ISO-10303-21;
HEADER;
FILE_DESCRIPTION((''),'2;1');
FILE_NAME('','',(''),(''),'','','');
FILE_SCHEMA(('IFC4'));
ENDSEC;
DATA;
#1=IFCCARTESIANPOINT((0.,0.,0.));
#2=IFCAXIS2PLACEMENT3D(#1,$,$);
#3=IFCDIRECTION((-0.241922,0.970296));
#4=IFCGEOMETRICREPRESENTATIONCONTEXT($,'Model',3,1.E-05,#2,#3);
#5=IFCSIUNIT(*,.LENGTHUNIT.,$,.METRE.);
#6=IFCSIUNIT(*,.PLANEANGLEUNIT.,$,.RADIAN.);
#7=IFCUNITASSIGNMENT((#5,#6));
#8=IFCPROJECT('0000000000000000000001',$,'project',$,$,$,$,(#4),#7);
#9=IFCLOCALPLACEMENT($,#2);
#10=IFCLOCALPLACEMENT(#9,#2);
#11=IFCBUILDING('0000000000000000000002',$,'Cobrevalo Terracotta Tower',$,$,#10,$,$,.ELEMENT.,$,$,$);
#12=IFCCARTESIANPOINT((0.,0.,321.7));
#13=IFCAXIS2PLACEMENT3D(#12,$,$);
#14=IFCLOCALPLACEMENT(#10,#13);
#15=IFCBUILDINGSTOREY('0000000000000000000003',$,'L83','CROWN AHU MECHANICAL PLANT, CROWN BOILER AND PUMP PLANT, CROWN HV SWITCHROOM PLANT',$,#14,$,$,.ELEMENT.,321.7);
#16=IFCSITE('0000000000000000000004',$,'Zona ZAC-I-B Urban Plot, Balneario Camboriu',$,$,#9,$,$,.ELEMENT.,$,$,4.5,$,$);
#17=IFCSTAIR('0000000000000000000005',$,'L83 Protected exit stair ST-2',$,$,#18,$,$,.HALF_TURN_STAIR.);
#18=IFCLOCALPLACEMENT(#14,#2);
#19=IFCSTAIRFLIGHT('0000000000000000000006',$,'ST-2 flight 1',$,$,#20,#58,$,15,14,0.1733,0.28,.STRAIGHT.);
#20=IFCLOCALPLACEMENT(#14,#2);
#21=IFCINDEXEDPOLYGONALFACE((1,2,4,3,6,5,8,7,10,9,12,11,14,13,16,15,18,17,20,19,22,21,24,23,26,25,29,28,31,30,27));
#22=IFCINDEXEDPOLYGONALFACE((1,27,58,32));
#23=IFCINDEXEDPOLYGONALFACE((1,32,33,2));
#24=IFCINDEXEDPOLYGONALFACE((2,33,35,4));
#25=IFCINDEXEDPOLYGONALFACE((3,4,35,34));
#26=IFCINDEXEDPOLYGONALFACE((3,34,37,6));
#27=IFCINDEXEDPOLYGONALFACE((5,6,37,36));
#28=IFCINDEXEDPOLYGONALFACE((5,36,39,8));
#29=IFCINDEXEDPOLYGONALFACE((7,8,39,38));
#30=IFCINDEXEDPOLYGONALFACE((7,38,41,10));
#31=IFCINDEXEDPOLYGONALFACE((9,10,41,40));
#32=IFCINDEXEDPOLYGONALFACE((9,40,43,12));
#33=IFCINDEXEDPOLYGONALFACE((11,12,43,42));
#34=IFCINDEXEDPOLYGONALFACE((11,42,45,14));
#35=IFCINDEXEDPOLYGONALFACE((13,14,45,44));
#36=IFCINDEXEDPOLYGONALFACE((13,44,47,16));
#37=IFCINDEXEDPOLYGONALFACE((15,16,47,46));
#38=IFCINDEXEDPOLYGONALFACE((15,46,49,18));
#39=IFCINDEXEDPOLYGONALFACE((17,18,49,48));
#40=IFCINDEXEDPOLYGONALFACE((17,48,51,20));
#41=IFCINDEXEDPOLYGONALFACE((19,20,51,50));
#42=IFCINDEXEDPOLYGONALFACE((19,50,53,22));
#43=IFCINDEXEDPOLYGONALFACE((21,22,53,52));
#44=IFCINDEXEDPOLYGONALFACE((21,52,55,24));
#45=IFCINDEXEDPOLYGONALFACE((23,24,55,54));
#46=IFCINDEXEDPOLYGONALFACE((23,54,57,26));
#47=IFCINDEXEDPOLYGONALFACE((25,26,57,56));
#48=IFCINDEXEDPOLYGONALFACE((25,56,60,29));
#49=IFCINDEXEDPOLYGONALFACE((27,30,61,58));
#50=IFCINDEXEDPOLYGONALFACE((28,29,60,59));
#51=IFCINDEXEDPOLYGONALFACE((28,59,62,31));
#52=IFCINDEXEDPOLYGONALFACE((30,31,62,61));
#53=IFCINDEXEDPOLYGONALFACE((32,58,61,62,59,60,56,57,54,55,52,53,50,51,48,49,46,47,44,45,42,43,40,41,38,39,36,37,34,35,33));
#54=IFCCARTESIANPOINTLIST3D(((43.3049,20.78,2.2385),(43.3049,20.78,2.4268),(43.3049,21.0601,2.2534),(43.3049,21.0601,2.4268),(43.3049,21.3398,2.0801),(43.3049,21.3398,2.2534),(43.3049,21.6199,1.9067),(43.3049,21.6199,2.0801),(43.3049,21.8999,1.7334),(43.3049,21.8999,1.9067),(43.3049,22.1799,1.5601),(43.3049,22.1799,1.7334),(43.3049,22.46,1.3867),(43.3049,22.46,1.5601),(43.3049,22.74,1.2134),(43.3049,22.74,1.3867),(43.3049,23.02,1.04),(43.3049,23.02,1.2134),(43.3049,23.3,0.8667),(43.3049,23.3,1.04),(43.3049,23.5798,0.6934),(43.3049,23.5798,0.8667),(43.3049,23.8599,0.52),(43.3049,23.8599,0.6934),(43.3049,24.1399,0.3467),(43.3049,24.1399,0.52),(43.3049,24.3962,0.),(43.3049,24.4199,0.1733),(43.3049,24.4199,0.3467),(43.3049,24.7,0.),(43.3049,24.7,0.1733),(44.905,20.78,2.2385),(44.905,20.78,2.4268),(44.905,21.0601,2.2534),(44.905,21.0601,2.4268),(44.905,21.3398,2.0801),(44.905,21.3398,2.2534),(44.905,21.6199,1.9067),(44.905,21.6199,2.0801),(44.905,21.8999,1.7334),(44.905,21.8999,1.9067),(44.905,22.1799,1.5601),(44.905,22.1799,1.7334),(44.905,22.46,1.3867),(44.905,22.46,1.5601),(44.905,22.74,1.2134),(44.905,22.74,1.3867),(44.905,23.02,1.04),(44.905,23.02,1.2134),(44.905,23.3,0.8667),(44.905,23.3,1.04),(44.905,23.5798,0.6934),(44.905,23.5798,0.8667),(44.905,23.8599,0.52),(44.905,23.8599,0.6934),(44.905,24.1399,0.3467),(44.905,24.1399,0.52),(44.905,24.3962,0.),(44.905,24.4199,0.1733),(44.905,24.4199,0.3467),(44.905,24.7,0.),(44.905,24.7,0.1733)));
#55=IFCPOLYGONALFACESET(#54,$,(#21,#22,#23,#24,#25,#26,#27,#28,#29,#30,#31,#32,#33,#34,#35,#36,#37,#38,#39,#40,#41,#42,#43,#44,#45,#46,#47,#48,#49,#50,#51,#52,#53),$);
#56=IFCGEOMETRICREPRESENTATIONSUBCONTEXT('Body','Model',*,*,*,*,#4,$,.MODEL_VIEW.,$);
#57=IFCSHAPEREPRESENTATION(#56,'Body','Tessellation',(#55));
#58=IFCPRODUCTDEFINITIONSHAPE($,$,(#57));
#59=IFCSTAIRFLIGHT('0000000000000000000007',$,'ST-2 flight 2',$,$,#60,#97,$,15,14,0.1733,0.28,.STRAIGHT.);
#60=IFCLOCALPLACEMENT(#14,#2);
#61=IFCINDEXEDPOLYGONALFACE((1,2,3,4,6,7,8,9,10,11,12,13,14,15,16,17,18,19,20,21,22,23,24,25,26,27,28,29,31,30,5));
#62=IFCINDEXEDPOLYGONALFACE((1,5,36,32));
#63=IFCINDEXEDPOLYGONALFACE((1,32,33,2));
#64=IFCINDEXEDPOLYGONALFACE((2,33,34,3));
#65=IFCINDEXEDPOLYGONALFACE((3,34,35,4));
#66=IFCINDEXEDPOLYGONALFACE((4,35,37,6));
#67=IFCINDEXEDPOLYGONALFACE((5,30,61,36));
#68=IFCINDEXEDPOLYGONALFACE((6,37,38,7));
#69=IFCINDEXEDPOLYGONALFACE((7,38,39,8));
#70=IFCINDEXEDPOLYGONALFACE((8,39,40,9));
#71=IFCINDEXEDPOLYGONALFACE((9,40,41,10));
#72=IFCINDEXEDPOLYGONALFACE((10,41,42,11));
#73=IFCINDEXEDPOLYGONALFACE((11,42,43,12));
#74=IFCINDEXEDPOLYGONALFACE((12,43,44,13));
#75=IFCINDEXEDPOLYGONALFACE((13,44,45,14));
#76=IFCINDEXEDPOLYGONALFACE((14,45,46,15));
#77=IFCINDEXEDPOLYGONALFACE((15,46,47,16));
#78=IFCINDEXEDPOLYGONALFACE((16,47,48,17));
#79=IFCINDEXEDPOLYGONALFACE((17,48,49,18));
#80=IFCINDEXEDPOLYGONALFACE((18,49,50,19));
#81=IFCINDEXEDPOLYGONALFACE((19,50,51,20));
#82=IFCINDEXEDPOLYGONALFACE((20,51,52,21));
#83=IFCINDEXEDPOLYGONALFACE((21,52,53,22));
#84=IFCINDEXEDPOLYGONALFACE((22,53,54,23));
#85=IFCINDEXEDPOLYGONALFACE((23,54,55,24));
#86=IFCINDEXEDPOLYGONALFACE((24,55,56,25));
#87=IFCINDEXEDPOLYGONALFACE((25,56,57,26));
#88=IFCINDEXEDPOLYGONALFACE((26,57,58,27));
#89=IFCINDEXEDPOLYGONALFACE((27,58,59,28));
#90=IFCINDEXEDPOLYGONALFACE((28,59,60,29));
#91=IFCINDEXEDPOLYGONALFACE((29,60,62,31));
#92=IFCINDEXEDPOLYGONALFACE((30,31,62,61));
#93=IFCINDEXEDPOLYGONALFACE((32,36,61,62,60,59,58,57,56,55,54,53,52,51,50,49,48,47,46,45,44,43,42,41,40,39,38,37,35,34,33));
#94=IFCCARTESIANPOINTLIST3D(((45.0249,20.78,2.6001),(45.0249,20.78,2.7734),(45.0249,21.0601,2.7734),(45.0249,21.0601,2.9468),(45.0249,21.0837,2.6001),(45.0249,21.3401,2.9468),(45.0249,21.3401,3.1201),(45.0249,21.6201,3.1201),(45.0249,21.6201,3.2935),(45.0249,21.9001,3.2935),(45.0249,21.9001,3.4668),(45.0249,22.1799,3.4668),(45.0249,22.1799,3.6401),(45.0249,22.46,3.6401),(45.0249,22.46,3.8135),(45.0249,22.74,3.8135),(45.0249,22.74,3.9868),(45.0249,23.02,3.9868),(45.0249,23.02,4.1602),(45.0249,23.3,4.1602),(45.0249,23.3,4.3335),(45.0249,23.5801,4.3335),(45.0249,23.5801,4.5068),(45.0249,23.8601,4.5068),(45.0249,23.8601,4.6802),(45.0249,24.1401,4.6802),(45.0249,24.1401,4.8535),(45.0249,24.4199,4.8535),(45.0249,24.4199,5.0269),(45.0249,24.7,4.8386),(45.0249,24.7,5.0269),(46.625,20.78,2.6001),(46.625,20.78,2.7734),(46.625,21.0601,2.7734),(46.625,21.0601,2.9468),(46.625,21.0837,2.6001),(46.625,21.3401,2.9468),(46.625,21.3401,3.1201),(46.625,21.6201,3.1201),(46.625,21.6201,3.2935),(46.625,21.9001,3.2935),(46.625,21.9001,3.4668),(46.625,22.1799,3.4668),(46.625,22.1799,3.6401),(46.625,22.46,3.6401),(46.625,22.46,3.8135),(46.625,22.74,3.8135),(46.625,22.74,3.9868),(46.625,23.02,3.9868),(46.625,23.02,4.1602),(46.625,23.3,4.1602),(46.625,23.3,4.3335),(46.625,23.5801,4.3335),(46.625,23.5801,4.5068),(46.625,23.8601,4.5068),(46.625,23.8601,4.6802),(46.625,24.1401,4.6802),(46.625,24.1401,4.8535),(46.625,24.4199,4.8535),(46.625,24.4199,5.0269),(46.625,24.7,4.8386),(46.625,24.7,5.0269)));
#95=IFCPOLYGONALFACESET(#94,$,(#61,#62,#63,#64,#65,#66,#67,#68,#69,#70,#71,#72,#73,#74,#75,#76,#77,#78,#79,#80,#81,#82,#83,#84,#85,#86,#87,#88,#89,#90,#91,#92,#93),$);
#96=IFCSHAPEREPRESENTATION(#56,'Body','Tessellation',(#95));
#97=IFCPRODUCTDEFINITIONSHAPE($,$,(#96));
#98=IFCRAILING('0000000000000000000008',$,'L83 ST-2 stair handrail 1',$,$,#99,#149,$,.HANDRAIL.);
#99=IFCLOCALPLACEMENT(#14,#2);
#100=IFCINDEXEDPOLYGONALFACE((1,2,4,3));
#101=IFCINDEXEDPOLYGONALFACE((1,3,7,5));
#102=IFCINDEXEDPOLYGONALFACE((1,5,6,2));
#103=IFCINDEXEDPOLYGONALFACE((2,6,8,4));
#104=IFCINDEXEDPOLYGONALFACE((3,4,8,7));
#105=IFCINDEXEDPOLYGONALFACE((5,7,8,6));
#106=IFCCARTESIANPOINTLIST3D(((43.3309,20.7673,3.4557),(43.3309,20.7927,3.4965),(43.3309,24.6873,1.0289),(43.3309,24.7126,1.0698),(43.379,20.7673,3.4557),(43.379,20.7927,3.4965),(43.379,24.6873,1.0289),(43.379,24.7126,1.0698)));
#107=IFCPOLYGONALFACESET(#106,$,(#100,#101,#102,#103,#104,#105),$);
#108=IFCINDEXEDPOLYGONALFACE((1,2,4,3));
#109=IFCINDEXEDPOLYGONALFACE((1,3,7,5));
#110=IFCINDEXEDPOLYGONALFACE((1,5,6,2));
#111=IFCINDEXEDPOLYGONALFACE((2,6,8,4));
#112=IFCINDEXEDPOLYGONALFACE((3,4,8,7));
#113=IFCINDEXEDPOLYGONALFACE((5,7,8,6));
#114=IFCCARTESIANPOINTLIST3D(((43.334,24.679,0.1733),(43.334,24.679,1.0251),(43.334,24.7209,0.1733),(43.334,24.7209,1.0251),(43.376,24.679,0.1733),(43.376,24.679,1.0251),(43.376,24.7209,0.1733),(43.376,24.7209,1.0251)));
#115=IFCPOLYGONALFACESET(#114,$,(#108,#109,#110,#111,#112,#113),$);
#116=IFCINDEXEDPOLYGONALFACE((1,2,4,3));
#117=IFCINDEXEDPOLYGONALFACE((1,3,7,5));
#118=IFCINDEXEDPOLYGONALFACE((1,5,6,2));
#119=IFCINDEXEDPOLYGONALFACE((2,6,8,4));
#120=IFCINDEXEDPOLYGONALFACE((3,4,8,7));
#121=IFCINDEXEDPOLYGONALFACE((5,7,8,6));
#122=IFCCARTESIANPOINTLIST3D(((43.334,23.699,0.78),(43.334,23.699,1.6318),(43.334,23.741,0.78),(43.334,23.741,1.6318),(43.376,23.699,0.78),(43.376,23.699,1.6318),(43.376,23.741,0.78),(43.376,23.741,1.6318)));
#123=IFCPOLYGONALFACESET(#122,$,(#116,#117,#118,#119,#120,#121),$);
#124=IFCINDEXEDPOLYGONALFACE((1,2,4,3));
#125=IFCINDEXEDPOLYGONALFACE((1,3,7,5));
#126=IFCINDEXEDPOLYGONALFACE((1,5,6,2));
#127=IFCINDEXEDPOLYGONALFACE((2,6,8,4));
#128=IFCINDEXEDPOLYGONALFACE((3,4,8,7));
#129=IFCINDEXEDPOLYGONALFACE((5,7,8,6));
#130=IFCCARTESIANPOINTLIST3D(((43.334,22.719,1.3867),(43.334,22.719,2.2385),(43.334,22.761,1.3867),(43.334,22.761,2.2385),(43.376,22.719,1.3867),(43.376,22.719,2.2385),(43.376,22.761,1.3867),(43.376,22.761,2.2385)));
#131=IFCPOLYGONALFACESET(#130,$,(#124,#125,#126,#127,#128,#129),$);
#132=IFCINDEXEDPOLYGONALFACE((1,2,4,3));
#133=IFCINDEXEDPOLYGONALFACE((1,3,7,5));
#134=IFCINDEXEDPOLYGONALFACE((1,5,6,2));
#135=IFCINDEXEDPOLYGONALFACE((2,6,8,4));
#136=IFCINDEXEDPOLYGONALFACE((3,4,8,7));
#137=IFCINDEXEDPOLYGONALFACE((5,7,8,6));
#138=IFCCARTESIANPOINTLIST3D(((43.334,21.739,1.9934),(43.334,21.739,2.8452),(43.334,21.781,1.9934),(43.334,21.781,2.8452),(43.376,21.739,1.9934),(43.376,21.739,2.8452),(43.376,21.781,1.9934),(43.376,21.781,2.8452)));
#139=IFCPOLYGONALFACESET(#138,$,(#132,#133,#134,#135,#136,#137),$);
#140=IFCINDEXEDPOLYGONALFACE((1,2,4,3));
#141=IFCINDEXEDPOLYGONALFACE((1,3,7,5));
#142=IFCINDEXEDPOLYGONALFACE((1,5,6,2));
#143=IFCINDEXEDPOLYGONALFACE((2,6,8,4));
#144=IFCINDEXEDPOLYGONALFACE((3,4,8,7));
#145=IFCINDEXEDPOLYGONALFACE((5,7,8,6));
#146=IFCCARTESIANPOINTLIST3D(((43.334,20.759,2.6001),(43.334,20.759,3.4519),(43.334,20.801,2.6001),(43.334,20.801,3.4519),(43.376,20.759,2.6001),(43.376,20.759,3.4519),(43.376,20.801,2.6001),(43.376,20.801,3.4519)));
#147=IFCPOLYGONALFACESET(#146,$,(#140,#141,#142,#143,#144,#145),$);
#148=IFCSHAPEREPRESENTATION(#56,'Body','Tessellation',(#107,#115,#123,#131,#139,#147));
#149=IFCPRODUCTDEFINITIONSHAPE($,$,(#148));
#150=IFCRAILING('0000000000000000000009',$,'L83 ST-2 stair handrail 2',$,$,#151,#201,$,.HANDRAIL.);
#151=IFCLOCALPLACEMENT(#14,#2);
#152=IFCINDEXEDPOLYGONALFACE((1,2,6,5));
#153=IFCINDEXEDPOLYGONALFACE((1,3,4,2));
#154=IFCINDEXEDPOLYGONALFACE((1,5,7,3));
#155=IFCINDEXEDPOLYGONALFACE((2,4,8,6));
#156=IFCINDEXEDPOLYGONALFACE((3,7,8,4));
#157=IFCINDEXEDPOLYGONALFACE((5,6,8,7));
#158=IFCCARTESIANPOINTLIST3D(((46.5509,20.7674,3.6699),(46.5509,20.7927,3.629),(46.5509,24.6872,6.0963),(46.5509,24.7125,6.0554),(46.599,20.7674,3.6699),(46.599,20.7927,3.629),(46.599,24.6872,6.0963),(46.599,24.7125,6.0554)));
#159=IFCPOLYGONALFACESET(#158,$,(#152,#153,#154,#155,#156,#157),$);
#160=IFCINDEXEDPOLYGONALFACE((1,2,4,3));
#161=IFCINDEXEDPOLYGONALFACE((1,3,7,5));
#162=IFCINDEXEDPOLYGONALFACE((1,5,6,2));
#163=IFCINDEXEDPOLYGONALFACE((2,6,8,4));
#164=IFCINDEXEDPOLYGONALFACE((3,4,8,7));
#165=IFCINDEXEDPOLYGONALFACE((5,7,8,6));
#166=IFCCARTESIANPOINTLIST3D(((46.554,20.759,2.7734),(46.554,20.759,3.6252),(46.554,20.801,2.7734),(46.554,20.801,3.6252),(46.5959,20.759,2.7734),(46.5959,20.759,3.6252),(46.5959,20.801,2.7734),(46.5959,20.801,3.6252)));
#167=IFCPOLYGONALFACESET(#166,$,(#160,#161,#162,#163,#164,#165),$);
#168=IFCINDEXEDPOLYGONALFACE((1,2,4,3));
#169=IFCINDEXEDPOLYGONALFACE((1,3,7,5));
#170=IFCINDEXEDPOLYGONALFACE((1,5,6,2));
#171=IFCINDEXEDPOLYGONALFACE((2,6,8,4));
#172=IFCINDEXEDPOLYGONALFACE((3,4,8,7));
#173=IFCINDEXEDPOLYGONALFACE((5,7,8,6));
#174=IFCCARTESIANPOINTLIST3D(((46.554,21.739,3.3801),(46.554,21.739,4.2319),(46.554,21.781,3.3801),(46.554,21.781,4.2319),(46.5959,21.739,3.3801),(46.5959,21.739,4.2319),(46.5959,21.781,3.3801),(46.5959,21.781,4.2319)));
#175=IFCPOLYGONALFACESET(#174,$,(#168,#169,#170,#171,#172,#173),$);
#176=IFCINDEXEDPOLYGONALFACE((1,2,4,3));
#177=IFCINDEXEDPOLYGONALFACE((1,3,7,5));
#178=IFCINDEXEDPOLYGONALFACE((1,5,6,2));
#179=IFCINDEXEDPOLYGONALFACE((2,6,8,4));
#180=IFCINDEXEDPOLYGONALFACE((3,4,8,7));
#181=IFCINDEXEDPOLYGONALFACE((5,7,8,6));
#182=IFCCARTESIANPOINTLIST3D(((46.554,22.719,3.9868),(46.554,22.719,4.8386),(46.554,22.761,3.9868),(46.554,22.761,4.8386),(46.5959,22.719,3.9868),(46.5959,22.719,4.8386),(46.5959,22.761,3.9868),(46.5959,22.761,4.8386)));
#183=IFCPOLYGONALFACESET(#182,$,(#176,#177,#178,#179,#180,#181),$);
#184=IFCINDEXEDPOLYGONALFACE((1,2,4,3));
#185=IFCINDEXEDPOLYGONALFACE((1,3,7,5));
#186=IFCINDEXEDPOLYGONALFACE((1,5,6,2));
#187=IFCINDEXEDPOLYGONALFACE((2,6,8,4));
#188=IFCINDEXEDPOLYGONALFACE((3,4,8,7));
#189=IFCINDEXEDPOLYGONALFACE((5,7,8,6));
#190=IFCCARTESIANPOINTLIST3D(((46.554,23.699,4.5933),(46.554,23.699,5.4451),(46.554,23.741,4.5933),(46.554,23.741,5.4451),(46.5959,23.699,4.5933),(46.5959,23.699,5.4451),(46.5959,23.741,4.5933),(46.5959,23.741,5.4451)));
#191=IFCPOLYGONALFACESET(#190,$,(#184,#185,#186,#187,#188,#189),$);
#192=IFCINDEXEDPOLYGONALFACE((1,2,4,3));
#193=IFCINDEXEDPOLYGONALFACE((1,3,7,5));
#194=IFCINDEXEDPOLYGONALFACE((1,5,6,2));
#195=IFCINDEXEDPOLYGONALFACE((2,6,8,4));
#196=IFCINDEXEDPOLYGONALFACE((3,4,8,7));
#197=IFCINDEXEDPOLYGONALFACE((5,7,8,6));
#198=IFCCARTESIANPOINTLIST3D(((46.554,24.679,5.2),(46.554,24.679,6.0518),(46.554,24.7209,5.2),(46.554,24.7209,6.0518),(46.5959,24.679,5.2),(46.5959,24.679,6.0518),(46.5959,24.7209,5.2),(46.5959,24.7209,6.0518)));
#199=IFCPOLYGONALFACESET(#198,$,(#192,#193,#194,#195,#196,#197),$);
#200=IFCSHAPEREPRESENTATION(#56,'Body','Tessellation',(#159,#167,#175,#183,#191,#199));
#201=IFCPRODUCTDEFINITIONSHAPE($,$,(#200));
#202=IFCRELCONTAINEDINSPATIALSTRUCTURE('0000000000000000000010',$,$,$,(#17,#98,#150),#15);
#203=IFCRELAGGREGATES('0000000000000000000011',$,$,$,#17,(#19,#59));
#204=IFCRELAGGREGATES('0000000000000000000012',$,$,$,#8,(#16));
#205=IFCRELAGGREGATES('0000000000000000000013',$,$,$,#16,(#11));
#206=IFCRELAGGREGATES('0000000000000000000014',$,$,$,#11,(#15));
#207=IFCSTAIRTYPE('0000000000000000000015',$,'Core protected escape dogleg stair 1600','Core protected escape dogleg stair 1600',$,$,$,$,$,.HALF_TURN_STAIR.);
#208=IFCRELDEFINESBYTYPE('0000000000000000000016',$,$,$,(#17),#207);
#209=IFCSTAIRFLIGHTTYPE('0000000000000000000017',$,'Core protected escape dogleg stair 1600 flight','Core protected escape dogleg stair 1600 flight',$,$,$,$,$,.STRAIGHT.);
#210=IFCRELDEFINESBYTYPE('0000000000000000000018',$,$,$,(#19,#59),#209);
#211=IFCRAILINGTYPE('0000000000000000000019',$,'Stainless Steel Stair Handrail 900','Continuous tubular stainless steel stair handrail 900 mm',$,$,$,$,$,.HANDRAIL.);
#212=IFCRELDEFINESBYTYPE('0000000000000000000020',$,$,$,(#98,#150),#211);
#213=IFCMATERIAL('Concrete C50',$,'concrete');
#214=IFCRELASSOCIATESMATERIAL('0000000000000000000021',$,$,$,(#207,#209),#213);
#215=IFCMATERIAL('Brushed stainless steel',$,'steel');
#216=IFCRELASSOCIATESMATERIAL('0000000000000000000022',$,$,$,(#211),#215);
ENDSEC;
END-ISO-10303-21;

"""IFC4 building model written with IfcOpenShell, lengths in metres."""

from ifc_helpers import new_model, si_unit, direction, frame, origin, origin_2d, place, context, subcontext, project, spatial, polyline, rectangle, outline, extrude, material, type_object, element, aggregate, save


model = new_model("IFC4")

# Units and contexts
model_context = context("Model", 3, precision=1e-05, world=origin(), true_north=direction((-0.241922, 0.970296)))
body_context = subcontext(model_context, "Body", "Model", "MODEL_VIEW")
ifc_project = project(units=[si_unit("LENGTHUNIT", "METRE"), si_unit("PLANEANGLEUNIT", "RADIAN")], contexts=[model_context])

# Site, building, storey
site_placement = place(None, origin())
site = spatial("IfcSite", under=ifc_project, at=site_placement, Name="Zona ZAC-I-B Urban Plot, Balneario Camboriu", CompositionType="ELEMENT", RefElevation=4.5)
building_placement = place(site_placement, origin())
building = spatial("IfcBuilding", under=site, at=building_placement, Name="Cobrevalo Terracotta Tower", CompositionType="ELEMENT")
storey_placement = place(building_placement, frame((0.0, 0.0, 321.7)))
storey = spatial("IfcBuildingStorey", under=building, at=storey_placement, Name="L83", Description="CROWN AHU MECHANICAL PLANT, CROWN BOILER AND PUMP PLANT, CROWN HV SWITCHROOM PLANT", CompositionType="ELEMENT", Elevation=321.7)

# Shared definitions
ifc_material_1 = material(Name="Concrete C50", Category="concrete")

# Stair, stair flights
stair_type = type_object("IfcStairType", Name="Core protected escape dogleg stair 1600", Description="Core protected escape dogleg stair 1600", PredefinedType="HALF_TURN_STAIR", material=ifc_material_1)
stair_placement = place(storey_placement, origin())
stair = element("IfcStair", 1, at=stair_placement, inside=storey, type_object=stair_type, Name="L83 Protected exit stair ST-2", PredefinedType="HALF_TURN_STAIR")
stair_flight_type = type_object("IfcStairFlightType", Name="Core protected escape dogleg stair 1600 flight", Description="Core protected escape dogleg stair 1600 flight", PredefinedType="STRAIGHT", material=ifc_material_1)
stair_flight_1_placement = place(storey_placement, frame((44.105, 24.7, 0.0), z_axis=(0.0, 0.0, 1.0), x_axis=(0.0, -1.0, 0.0)))
stair_flight_1 = element("IfcStairFlight", 2, at=stair_flight_1_placement, type_object=stair_flight_type, Name="ST-2 flight 1", NumberOfRisers=15, NumberOfTreads=14, PredefinedType="STRAIGHT", RiserHeight=0.1733, TreadLength=0.28, context=body_context, shape_type="SweptSolid", body=[
    extrude(outline(polyline([(0.0, 0.0), (0.0, 0.1733), (0.28, 0.1733), (0.28, 0.3467), (0.5601, 0.3467), (0.5601, 0.52), (0.8401, 0.52), (0.8401, 0.6934), (1.1201, 0.6934), (1.1201, 0.8667), (1.3999, 0.8667), (1.3999, 1.04), (1.6799, 1.04), (1.6799, 1.2134), (1.96, 1.2134), (1.96, 1.3867), (2.24, 1.3867), (2.24, 1.5601), (2.52, 1.5601), (2.52, 1.7334), (2.8, 1.7334), (2.8, 1.9067), (3.0801, 1.9067), (3.0801, 2.0801), (3.3601, 2.0801), (3.3601, 2.2534), (3.6399, 2.2534), (3.6399, 2.4268), (3.9199, 2.4268), (3.9199, 2.6001), (3.9199, 2.2385), (0.3037, 0.0), (0.0, 0.0)])), frame((0.0, 0.8, 0.0), z_axis=(0.0, -1.0, 0.0), x_axis=(1.0, 0.0, 0.0)), (0.0, 0.0, 1.0), 1.6001),
])
stair_flight_2_placement = place(storey_placement, frame((45.825, 20.78, 2.6001), z_axis=(0.0, 0.0, 1.0), x_axis=(0.0, 1.0, 0.0)))
stair_flight_2 = element("IfcStairFlight", 3, at=stair_flight_2_placement, type_object=stair_flight_type, Name="ST-2 flight 2", NumberOfRisers=15, NumberOfTreads=14, PredefinedType="STRAIGHT", RiserHeight=0.1733, TreadLength=0.28, context=body_context, shape_type="SweptSolid", body=[
    extrude(outline(polyline([(0.0, 0.0), (0.0, 0.1733), (0.28, 0.1733), (0.28, 0.3467), (0.5601, 0.3467), (0.5601, 0.52), (0.8401, 0.52), (0.8401, 0.6934), (1.1201, 0.6934), (1.1201, 0.8667), (1.3999, 0.8667), (1.3999, 1.04), (1.6799, 1.04), (1.6799, 1.2134), (1.96, 1.2134), (1.96, 1.3867), (2.24, 1.3867), (2.24, 1.5601), (2.52, 1.5601), (2.52, 1.7334), (2.8, 1.7334), (2.8, 1.9067), (3.0801, 1.9067), (3.0801, 2.0801), (3.3601, 2.0801), (3.3601, 2.2534), (3.6399, 2.2534), (3.6399, 2.4268), (3.9199, 2.4268), (3.9199, 2.6001), (3.9199, 2.2385), (0.3037, 0.0), (0.0, 0.0)])), frame((0.0, 0.8, 0.0), z_axis=(0.0, -1.0, 0.0), x_axis=(1.0, 0.0, 0.0)), (0.0, 0.0, 1.0), 1.6001),
])
aggregate(stair, [stair_flight_1, stair_flight_2])

# Railings
ifc_material_2 = material(Name="Brushed stainless steel", Category="steel")
railing_type_1 = type_object("IfcRailingType", Name="Stainless Steel Stair Handrail 900", Description="Continuous tubular stainless steel stair handrail 900 mm", PredefinedType="HANDRAIL", material=ifc_material_2)
railing_1_placement = place(storey_placement, frame((43.355, 24.7, 0.1733)))
element("IfcRailing", 4, at=railing_1_placement, inside=storey, type_object=railing_type_1, Name="L83 ST-2 stair handrail 1", PredefinedType="HANDRAIL", context=body_context, shape_type="SweptSolid", body=[
    extrude(rectangle(XDim=0.0481, YDim=0.0481, at=origin_2d()), frame((0.0, 0.0, 0.876), z_axis=(0.0, -0.850252, 0.526376), x_axis=(1.0, 0.0, 0.0)), (0.0, 0.0, 1.0), 4.6104),
    extrude(rectangle(XDim=0.042, YDim=0.042, at=origin_2d()), origin(), (0.0, 0.0, 1.0), 0.8518),
    extrude(rectangle(XDim=0.042, YDim=0.042, at=origin_2d()), frame((0.0, -0.98, 0.6067)), (0.0, 0.0, 1.0), 0.8518),
    extrude(rectangle(XDim=0.042, YDim=0.042, at=origin_2d()), frame((0.0, -1.96, 1.2134)), (0.0, 0.0, 1.0), 0.8518),
    extrude(rectangle(XDim=0.042, YDim=0.042, at=origin_2d()), frame((0.0, -2.9399, 1.8201)), (0.0, 0.0, 1.0), 0.8518),
    extrude(rectangle(XDim=0.042, YDim=0.042, at=origin_2d()), frame((0.0, -3.9199, 2.4268)), (0.0, 0.0, 1.0), 0.8518),
])
railing_2_placement = place(storey_placement, frame((46.575, 20.78, 2.7734)))
element("IfcRailing", 5, at=railing_2_placement, inside=storey, type_object=railing_type_1, Name="L83 ST-2 stair handrail 2", PredefinedType="HANDRAIL", context=body_context, shape_type="SweptSolid", body=[
    extrude(rectangle(XDim=0.0481, YDim=0.0481, at=origin_2d()), frame((0.0, 0.0, 0.876), z_axis=(0.0, 0.850275, 0.526338), x_axis=(-1.0, 0.0, 0.0)), (0.0, 0.0, 1.0), 4.6101),
    extrude(rectangle(XDim=0.042, YDim=0.042, at=origin_2d()), origin(), (0.0, 0.0, 1.0), 0.8518),
    extrude(rectangle(XDim=0.042, YDim=0.042, at=origin_2d()), frame((0.0, 0.98, 0.6067)), (0.0, 0.0, 1.0), 0.8518),
    extrude(rectangle(XDim=0.042, YDim=0.042, at=origin_2d()), frame((0.0, 1.96, 1.2134)), (0.0, 0.0, 1.0), 0.8518),
    extrude(rectangle(XDim=0.042, YDim=0.042, at=origin_2d()), frame((0.0, 2.9399, 1.8198)), (0.0, 0.0, 1.0), 0.8518),
    extrude(rectangle(XDim=0.042, YDim=0.042, at=origin_2d()), frame((0.0, 3.9199, 2.4265)), (0.0, 0.0, 1.0), 0.8518),
])

save(model, "model.ifc")
